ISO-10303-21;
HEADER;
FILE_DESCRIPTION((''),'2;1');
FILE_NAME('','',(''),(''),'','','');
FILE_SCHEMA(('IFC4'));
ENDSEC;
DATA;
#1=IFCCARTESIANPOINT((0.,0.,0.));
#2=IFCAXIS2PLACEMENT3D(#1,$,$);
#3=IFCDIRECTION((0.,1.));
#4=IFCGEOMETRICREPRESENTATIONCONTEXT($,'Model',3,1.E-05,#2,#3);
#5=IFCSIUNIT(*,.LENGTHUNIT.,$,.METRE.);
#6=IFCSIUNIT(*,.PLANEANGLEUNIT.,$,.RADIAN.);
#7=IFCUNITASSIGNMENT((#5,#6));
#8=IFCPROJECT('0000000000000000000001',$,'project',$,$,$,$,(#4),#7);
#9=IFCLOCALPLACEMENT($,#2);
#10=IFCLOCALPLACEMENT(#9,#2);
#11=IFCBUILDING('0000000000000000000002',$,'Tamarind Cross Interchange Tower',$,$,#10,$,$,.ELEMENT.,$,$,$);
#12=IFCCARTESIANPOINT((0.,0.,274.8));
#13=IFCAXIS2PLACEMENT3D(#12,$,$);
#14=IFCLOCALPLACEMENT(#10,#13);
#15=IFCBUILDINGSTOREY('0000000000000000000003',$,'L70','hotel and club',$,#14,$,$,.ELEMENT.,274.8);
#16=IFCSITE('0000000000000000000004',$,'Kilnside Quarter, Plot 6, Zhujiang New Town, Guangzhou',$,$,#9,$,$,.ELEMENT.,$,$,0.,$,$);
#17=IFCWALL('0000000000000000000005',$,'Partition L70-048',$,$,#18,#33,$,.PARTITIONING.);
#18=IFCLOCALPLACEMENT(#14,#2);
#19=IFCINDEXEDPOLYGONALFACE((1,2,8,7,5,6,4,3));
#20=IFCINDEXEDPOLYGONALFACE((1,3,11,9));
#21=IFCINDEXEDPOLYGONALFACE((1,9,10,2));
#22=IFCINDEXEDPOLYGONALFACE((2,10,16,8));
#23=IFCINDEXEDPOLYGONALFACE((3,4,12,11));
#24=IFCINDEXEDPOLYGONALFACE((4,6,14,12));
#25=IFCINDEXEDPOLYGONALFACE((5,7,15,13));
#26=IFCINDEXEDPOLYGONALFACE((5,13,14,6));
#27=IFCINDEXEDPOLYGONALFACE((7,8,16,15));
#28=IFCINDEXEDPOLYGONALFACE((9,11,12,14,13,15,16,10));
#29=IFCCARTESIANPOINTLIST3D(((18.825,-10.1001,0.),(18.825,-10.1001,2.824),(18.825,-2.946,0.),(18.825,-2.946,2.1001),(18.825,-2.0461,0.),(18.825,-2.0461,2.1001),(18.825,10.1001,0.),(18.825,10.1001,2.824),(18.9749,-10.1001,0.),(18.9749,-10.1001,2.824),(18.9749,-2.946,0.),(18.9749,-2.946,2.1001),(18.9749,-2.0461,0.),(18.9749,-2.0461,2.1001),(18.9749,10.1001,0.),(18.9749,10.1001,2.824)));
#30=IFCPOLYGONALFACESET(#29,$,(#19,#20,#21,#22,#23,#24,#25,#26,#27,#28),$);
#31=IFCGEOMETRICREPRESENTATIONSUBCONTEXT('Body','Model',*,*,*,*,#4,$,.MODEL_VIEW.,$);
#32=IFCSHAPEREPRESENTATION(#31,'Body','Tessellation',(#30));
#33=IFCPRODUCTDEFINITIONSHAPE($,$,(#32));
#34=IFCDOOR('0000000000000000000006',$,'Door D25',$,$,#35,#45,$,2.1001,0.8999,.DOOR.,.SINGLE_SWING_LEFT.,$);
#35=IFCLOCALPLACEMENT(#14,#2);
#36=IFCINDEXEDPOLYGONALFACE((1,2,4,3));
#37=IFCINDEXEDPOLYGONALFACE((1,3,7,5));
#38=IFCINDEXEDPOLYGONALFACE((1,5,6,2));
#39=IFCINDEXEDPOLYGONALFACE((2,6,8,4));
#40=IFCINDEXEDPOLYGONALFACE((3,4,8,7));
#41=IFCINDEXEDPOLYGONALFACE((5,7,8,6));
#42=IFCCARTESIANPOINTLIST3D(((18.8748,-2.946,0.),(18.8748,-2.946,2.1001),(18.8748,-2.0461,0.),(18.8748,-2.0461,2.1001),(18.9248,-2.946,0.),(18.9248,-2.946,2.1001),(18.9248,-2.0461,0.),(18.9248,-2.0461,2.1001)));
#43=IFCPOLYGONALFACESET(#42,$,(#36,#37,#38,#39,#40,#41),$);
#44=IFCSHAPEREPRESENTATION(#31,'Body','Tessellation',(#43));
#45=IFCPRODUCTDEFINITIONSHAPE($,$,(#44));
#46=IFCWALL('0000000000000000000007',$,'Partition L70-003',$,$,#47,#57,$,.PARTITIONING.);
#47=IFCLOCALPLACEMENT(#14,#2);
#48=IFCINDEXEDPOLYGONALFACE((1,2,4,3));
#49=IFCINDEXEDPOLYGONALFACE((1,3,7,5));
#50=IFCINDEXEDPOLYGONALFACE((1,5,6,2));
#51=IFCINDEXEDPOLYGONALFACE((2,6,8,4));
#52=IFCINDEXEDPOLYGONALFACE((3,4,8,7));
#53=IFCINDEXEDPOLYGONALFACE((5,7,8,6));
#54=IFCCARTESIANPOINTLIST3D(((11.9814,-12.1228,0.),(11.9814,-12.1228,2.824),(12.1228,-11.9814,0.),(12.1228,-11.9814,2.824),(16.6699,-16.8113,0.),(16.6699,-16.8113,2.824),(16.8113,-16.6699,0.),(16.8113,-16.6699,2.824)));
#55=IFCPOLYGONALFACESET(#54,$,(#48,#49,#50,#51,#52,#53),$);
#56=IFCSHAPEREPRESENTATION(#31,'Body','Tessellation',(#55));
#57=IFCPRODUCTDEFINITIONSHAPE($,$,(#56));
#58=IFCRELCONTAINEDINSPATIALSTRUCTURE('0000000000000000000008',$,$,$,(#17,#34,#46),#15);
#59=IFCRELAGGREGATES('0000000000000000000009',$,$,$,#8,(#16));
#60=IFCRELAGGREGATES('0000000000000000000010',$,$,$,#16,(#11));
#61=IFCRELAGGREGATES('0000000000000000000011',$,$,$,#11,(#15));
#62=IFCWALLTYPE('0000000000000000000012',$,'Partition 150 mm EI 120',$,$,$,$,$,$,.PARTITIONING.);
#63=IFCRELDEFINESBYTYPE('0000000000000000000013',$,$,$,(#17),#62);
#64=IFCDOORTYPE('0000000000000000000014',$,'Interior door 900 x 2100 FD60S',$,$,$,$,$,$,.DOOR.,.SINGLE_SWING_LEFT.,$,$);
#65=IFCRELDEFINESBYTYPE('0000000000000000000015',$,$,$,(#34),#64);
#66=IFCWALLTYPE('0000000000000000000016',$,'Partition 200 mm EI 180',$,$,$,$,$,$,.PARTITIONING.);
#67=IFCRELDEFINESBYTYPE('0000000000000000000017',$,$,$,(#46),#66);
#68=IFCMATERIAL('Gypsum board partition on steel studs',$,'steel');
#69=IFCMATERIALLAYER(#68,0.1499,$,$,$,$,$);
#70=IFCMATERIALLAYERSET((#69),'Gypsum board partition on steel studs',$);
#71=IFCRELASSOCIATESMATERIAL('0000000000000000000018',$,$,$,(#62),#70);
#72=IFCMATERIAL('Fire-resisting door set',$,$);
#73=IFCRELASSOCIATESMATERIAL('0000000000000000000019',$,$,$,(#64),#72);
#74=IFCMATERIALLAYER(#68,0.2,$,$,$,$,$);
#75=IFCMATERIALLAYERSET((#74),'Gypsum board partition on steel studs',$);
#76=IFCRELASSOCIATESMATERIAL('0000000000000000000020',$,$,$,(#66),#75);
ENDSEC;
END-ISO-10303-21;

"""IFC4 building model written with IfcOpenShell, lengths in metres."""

from ifc_helpers import new_model, si_unit, direction, frame, frame_2d, origin, place, context, subcontext, project, spatial, rectangle, extrude, material, layer, layer_set, type_object, element, fill, save


model = new_model("IFC4")

# Units and contexts
model_context = context("Model", 3, precision=1e-05, world=origin(), true_north=direction((0.0, 1.0)))
body_context = subcontext(model_context, "Body", "Model", "MODEL_VIEW")
ifc_project = project(units=[si_unit("LENGTHUNIT", "METRE"), si_unit("PLANEANGLEUNIT", "RADIAN")], contexts=[model_context])

# Site, building, storey
site_placement = place(None, origin())
site = spatial("IfcSite", under=ifc_project, at=site_placement, Name="Kilnside Quarter, Plot 6, Zhujiang New Town, Guangzhou", CompositionType="ELEMENT", RefElevation=0.0)
building_placement = place(site_placement, origin())
building = spatial("IfcBuilding", under=site, at=building_placement, Name="Tamarind Cross Interchange Tower", CompositionType="ELEMENT")
storey_placement = place(building_placement, frame((0.0, 0.0, 274.8)))
storey = spatial("IfcBuildingStorey", under=building, at=storey_placement, Name="L70", Description="hotel and club", CompositionType="ELEMENT", Elevation=274.8)

# Shared definitions
ifc_material_1 = material(Name="Gypsum board partition on steel studs", Category="steel")
ifc_layer_1 = layer(ifc_material_1, 0.1499)
ifc_layer_set_1 = layer_set([ifc_layer_1], Name="Gypsum board partition on steel studs")
wall_type_1 = type_object("IfcWallType", Name="Partition 150 mm EI 120", PredefinedType="PARTITIONING", material=ifc_layer_set_1)

# Wall, opening, door
wall_1_placement = place(storey_placement, frame((18.8999, -10.1001, 0.0), z_axis=(0.0, 0.0, 1.0), x_axis=(0.0, 1.0, 0.0)))
wall_1 = element("IfcWall", 1, at=wall_1_placement, inside=storey, type_object=wall_type_1, Name="Partition L70-048", PredefinedType="PARTITIONING", context=body_context, shape_type="SweptSolid", body=[
    extrude(rectangle(XDim=20.2002, YDim=0.1499, at=frame_2d((10.1001, 0.0))), origin(), (0.0, 0.0, 1.0), 2.824),
])
opening_1_placement = place(wall_1_placement, frame((7.1541, 0.0, 0.0)))
opening_1 = element("IfcOpeningElement", 2, at=opening_1_placement, cuts=wall_1, PredefinedType="OPENING", context=body_context, shape_type="SweptSolid", body=[
    extrude(rectangle(XDim=0.8999, YDim=2.1001, at=frame_2d((0.45, 1.05))), frame((0.0, 0.085, 0.0), z_axis=(0.0, -1.0, 0.0), x_axis=(1.0, 0.0, 0.0)), (0.0, 0.0, 1.0), 0.1699),
])
ifc_material_2 = material(Name="Fire-resisting door set")
door_type_1 = type_object("IfcDoorType", Name="Interior door 900 x 2100 FD60S", OperationType="SINGLE_SWING_LEFT", PredefinedType="DOOR", material=ifc_material_2)
door_1_placement = place(opening_1_placement, frame((0.8999, 0.0, 0.0), z_axis=(0.0, 0.0, 1.0), x_axis=(-1.0, 0.0, 0.0)))
door_1 = element("IfcDoor", 3, at=door_1_placement, inside=storey, type_object=door_type_1, Name="Door D25", OperationType="SINGLE_SWING_LEFT", OverallHeight=2.1001, OverallWidth=0.8999, PredefinedType="DOOR", context=body_context, shape_type="SweptSolid", body=[
    extrude(rectangle(XDim=0.8999, YDim=2.1001, at=frame_2d((0.45, 1.05))), frame((0.0, 0.0249, 0.0), z_axis=(0.0, -1.0, 0.0), x_axis=(1.0, 0.0, 0.0)), (0.0, 0.0, 1.0), 0.05),
])
fill(opening_1, door_1)

# Wall
ifc_layer_2 = layer(ifc_material_1, 0.2)
ifc_layer_set_2 = layer_set([ifc_layer_2], Name="Gypsum board partition on steel studs")
wall_type_2 = type_object("IfcWallType", Name="Partition 200 mm EI 180", PredefinedType="PARTITIONING", material=ifc_layer_set_2)
wall_2_placement = place(storey_placement, frame((12.052, -12.052, 0.0), z_axis=(0.0, 0.0, 1.0), x_axis=(0.707107, -0.707107, 0.0)))
element("IfcWall", 4, at=wall_2_placement, inside=storey, type_object=wall_type_2, Name="Partition L70-003", PredefinedType="PARTITIONING", context=body_context, shape_type="SweptSolid", body=[
    extrude(rectangle(XDim=6.6306, YDim=0.2, at=frame_2d((3.3154, 0.0))), origin(), (0.0, 0.0, 1.0), 2.824),
])

save(model, "model.ifc")
